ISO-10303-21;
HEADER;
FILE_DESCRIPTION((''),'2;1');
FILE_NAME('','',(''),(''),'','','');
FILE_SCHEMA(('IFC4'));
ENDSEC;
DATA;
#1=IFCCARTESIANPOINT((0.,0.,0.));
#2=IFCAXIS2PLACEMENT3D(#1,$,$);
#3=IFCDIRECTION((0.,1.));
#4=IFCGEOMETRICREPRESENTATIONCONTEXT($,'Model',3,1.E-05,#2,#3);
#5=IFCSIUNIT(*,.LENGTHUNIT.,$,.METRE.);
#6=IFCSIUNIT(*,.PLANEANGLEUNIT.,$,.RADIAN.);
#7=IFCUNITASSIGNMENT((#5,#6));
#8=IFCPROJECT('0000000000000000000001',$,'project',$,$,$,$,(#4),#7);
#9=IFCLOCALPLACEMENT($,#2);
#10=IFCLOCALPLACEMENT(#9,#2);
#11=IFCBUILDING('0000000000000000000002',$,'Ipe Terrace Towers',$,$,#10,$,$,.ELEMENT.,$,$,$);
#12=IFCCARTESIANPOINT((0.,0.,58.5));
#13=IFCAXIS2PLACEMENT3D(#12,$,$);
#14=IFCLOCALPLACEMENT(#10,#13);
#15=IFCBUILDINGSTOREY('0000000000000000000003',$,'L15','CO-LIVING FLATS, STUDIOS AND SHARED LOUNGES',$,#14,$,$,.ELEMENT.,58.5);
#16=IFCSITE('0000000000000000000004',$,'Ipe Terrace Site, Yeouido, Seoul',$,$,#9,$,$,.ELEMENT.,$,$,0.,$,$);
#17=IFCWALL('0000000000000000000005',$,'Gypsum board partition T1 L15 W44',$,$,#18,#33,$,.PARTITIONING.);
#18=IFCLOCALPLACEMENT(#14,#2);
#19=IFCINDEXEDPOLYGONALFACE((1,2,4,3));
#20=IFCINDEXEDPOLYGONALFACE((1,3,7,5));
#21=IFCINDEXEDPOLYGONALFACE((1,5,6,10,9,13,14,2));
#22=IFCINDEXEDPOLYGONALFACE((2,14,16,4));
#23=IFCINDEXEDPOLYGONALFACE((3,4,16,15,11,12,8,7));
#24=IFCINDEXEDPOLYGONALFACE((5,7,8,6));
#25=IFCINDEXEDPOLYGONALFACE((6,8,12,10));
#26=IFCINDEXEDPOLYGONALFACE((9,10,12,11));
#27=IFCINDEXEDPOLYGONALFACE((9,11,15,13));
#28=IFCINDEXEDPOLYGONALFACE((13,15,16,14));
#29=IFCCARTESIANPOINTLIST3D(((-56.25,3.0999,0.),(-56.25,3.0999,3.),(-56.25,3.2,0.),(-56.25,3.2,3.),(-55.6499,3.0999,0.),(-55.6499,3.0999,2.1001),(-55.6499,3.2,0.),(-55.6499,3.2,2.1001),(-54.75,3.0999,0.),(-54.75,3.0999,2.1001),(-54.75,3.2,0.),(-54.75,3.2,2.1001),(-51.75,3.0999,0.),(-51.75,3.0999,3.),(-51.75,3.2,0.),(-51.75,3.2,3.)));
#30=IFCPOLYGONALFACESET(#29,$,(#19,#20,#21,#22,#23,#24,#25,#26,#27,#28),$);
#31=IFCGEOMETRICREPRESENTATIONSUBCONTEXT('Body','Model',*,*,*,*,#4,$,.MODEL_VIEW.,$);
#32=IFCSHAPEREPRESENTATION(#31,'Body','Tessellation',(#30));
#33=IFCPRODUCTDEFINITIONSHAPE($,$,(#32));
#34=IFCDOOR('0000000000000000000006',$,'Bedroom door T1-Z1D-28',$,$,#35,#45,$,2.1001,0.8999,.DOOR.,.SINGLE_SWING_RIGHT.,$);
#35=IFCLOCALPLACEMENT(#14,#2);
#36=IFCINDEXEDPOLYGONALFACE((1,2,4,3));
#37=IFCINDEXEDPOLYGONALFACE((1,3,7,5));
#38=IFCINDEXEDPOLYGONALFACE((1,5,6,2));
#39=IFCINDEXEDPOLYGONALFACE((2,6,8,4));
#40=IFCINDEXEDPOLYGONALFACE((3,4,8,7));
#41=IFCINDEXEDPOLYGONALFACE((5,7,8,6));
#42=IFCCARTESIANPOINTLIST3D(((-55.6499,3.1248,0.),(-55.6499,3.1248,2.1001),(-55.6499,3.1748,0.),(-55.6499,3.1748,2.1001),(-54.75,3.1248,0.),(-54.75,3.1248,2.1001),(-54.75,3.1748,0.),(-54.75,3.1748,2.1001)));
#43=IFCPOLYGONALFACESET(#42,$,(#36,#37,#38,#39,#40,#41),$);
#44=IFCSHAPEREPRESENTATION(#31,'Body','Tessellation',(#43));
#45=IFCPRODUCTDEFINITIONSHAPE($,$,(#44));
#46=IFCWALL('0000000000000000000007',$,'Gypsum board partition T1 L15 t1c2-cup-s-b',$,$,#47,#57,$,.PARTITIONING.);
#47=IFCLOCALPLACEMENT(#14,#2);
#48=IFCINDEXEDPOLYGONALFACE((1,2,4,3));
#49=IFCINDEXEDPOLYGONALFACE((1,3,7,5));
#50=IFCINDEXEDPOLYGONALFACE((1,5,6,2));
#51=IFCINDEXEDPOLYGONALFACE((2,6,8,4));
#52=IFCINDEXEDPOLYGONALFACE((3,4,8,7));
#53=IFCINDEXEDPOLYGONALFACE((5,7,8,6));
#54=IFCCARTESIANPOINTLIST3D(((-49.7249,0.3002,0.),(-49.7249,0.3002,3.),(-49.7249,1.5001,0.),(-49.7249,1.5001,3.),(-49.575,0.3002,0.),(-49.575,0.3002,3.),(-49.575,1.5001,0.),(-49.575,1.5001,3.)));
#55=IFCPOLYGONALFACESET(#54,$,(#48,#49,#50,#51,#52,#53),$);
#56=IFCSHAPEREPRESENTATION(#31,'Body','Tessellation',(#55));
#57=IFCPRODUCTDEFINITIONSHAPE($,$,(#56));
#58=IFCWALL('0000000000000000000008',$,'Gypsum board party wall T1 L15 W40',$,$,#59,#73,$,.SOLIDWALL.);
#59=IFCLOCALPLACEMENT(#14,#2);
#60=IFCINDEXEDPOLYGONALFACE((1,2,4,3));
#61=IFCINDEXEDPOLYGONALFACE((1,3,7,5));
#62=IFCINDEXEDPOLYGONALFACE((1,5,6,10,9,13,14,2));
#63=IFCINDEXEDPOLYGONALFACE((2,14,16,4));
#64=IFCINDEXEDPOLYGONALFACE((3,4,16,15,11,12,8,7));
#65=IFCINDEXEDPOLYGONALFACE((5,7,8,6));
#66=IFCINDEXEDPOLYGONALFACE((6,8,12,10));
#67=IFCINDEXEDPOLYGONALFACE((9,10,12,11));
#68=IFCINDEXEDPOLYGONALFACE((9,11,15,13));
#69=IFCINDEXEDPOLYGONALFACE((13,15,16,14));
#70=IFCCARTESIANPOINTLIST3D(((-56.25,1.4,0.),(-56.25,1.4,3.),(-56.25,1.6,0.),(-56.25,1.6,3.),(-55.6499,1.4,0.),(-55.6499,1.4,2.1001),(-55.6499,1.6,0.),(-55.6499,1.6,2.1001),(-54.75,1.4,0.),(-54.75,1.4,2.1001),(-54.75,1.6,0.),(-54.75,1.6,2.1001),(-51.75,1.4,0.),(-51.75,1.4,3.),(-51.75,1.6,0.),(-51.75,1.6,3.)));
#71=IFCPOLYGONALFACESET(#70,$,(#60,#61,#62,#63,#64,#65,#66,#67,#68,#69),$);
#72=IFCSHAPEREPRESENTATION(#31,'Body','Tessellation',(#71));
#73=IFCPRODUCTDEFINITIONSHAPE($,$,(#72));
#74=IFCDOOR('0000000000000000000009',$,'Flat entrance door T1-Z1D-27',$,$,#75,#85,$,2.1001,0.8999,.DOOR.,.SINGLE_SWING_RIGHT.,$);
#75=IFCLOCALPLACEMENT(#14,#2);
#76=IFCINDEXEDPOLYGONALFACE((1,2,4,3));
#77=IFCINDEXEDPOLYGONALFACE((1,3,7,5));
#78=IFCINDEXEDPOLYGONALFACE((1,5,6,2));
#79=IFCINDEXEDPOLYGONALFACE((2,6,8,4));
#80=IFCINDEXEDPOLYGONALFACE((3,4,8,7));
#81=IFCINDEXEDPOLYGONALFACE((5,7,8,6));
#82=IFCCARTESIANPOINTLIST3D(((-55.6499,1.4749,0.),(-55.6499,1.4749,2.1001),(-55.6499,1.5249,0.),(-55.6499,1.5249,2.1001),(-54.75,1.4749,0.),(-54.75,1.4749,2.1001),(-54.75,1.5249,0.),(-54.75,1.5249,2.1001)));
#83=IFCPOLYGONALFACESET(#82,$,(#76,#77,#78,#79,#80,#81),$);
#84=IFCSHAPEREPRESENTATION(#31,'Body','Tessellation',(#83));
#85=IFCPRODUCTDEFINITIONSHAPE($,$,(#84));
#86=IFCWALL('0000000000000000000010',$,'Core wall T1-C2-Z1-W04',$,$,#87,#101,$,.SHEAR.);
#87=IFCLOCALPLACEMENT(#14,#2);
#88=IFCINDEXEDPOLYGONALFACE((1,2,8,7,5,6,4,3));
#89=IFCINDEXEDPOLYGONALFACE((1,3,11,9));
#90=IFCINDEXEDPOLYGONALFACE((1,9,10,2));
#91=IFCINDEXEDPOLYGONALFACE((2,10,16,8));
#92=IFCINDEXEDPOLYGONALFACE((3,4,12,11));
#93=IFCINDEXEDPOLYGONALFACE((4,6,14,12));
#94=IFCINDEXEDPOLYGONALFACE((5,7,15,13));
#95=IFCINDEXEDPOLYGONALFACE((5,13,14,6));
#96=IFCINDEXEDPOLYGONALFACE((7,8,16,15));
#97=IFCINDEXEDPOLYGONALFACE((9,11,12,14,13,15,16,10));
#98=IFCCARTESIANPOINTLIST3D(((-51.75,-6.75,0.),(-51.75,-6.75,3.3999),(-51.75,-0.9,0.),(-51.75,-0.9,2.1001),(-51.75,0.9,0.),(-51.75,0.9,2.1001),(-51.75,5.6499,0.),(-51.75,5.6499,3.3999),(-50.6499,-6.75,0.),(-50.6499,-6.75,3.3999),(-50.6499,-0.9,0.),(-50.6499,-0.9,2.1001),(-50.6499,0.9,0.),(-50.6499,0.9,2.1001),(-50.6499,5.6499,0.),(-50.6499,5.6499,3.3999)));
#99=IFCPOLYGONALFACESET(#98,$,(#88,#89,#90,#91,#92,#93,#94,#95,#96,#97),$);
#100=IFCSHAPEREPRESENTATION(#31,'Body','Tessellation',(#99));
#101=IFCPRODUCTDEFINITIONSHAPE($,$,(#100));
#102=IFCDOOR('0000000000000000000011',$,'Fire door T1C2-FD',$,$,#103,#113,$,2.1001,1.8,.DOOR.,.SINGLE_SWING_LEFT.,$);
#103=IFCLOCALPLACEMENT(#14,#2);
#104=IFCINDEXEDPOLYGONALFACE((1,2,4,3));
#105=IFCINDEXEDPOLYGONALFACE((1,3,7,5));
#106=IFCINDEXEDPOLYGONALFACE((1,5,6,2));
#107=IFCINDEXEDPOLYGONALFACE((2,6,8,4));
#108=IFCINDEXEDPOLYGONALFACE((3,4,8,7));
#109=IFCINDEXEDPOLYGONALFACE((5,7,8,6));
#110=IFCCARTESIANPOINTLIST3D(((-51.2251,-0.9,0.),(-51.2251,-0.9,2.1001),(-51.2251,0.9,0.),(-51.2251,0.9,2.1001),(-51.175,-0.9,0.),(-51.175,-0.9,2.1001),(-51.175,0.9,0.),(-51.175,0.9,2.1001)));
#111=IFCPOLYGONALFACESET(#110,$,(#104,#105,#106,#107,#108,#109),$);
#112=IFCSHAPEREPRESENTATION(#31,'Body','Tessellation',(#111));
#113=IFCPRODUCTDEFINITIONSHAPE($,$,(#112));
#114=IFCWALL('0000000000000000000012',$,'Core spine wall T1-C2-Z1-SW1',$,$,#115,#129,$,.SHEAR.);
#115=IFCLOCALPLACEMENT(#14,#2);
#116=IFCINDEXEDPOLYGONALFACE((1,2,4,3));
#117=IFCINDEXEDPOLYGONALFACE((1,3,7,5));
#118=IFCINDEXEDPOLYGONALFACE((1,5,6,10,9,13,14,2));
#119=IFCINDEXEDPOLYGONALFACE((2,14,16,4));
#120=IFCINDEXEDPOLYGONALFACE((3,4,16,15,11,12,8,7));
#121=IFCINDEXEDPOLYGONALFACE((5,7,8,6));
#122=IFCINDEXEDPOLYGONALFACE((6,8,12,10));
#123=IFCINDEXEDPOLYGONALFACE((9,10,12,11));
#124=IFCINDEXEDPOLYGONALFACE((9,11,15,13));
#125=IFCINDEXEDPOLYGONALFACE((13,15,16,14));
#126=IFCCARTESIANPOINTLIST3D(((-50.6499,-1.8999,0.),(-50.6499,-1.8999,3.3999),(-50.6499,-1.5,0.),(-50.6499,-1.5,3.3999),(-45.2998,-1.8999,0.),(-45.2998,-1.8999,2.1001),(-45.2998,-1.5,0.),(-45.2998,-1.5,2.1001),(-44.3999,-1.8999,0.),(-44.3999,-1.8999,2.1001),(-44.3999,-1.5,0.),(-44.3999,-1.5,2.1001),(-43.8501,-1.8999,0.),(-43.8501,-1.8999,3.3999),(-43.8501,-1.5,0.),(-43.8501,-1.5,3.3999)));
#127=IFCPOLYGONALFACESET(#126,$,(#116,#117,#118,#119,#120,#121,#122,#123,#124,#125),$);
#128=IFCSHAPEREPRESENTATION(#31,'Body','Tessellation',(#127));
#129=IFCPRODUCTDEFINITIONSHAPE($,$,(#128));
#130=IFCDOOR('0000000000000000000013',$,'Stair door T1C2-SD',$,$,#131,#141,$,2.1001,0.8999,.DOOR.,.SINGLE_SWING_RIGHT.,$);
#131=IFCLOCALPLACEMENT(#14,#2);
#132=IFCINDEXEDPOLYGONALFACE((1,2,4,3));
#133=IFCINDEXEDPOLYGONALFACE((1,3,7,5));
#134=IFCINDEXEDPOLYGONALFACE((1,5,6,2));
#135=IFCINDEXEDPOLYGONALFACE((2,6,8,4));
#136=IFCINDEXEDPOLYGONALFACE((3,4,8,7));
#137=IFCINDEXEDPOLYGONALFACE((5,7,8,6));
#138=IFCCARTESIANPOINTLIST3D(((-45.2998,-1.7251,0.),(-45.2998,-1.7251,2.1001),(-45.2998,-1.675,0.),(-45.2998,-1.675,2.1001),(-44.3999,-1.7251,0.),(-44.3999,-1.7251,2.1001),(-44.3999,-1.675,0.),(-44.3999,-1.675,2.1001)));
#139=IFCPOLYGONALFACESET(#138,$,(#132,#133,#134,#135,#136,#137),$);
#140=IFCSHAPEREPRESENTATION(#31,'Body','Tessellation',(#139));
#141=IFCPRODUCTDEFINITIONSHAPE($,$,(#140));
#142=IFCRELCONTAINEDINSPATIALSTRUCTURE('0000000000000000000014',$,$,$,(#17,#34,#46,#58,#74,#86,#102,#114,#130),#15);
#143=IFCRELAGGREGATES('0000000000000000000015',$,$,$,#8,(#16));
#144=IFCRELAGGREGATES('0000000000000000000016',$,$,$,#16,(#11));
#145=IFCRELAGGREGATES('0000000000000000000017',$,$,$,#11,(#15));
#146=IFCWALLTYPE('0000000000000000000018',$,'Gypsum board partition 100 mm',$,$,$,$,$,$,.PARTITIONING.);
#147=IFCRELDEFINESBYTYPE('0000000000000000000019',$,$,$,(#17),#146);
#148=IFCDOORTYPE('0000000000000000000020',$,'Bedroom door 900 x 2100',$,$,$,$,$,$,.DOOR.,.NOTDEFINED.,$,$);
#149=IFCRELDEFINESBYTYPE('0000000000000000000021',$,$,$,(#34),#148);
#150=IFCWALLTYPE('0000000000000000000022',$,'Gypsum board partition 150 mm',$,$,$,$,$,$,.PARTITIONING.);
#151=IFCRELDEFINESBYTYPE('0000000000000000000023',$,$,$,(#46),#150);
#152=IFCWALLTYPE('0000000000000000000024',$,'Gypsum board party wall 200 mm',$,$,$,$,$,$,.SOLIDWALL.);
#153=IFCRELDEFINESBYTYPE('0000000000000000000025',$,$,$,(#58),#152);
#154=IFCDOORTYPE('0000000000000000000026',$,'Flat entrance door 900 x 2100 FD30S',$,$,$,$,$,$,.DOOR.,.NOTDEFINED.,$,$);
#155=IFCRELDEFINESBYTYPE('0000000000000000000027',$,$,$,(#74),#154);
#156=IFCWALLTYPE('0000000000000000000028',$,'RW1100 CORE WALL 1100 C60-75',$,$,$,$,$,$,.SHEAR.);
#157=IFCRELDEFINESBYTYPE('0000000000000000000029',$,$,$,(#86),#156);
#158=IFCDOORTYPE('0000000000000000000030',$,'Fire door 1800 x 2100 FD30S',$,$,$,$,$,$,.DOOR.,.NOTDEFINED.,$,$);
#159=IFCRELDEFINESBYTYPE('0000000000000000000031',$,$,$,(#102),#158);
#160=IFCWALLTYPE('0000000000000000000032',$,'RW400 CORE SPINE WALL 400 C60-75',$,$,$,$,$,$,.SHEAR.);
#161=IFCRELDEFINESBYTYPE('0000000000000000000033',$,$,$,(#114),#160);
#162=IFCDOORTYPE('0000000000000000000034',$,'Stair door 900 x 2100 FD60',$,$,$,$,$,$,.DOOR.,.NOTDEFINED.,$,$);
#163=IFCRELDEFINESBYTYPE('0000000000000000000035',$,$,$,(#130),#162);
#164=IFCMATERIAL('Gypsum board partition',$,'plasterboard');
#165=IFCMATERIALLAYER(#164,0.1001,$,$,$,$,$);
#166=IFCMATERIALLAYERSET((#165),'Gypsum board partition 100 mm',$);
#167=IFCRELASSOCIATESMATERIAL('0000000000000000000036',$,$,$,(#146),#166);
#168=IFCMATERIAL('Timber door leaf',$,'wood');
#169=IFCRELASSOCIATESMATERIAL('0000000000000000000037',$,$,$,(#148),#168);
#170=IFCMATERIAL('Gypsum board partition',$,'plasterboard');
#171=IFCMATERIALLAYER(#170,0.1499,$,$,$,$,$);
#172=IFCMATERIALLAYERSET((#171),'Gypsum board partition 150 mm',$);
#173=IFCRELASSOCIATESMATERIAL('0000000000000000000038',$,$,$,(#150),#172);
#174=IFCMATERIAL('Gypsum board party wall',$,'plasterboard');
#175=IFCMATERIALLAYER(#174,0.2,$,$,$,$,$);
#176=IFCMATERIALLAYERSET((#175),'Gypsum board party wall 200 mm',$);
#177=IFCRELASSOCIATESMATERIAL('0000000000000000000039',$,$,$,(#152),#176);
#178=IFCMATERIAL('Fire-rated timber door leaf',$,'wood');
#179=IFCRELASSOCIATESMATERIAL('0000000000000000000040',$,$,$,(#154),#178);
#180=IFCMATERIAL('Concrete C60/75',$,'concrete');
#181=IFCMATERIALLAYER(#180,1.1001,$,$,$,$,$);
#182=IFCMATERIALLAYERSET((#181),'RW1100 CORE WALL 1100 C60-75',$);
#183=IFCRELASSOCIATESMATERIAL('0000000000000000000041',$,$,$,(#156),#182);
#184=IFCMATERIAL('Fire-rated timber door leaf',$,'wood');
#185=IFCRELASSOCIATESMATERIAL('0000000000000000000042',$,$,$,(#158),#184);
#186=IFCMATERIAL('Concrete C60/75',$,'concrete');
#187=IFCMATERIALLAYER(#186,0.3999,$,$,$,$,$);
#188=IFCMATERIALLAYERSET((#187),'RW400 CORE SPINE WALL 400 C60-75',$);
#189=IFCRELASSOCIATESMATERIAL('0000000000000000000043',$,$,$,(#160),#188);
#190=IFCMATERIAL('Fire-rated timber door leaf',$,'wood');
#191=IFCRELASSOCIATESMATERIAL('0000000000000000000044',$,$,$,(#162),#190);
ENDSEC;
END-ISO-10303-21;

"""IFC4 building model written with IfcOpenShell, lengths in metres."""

from ifc_helpers import new_model, si_unit, direction, frame, frame_2d, origin, place, context, subcontext, project, spatial, rectangle, extrude, material, layer, layer_set, type_object, element, fill, save


model = new_model("IFC4")

# Units and contexts
model_context = context("Model", 3, precision=1e-05, world=origin(), true_north=direction((0.0, 1.0)))
body_context = subcontext(model_context, "Body", "Model", "MODEL_VIEW")
ifc_project = project(units=[si_unit("LENGTHUNIT", "METRE"), si_unit("PLANEANGLEUNIT", "RADIAN")], contexts=[model_context])

# Site, building, storey
site_placement = place(None, origin())
site = spatial("IfcSite", under=ifc_project, at=site_placement, Name="Ipe Terrace Site, Yeouido, Seoul", CompositionType="ELEMENT", RefElevation=0.0)
building_placement = place(site_placement, origin())
building = spatial("IfcBuilding", under=site, at=building_placement, Name="Ipe Terrace Towers", CompositionType="ELEMENT")
storey_placement = place(building_placement, frame((0.0, 0.0, 58.5)))
storey = spatial("IfcBuildingStorey", under=building, at=storey_placement, Name="L15", Description="CO-LIVING FLATS, STUDIOS AND SHARED LOUNGES", CompositionType="ELEMENT", Elevation=58.5)

# Wall, opening, door
ifc_material_1 = material(Name="Gypsum board partition", Category="plasterboard")
ifc_layer_1 = layer(ifc_material_1, 0.1001)
ifc_layer_set_1 = layer_set([ifc_layer_1], Name="Gypsum board partition 100 mm")
wall_type_1 = type_object("IfcWallType", Name="Gypsum board partition 100 mm", PredefinedType="PARTITIONING", material=ifc_layer_set_1)
wall_1_placement = place(storey_placement, frame((-56.25, 3.1499, 0.0), z_axis=(0.0, 0.0, 1.0), x_axis=(1.0, 0.0, 0.0)))
wall_1 = element("IfcWall", 1, at=wall_1_placement, inside=storey, type_object=wall_type_1, Name="Gypsum board partition T1 L15 W44", PredefinedType="PARTITIONING", context=body_context, shape_type="SweptSolid", body=[
    extrude(rectangle(XDim=4.5, YDim=0.1001, at=frame_2d((2.25, 0.0))), origin(), (0.0, 0.0, 1.0), 3.0),
])
opening_1_placement = place(wall_1_placement, frame((0.6001, 0.0, 0.0)))
opening_1 = element("IfcOpeningElement", 2, at=opening_1_placement, cuts=wall_1, PredefinedType="OPENING", context=body_context, shape_type="SweptSolid", body=[
    extrude(rectangle(XDim=0.8999, YDim=2.1001, at=frame_2d((0.45, 1.05))), frame((0.0, 0.0601, 0.0), z_axis=(0.0, -1.0, 0.0), x_axis=(1.0, 0.0, 0.0)), (0.0, 0.0, 1.0), 0.1201),
])
ifc_material_2 = material(Name="Timber door leaf", Category="wood")
door_type_1 = type_object("IfcDoorType", Name="Bedroom door 900 x 2100", OperationType="NOTDEFINED", PredefinedType="DOOR", material=ifc_material_2)
door_1_placement = place(opening_1_placement, origin())
door_1 = element("IfcDoor", 3, at=door_1_placement, inside=storey, type_object=door_type_1, Name="Bedroom door T1-Z1D-28", OperationType="SINGLE_SWING_RIGHT", OverallHeight=2.1001, OverallWidth=0.8999, PredefinedType="DOOR", context=body_context, shape_type="SweptSolid", body=[
    extrude(rectangle(XDim=0.8999, YDim=2.1001, at=frame_2d((0.45, 1.05))), frame((0.0, 0.0249, 0.0), z_axis=(0.0, -1.0, 0.0), x_axis=(1.0, 0.0, 0.0)), (0.0, 0.0, 1.0), 0.05),
])
fill(opening_1, door_1)

# Wall
ifc_material_3 = material(Name="Gypsum board partition", Category="plasterboard")
ifc_layer_2 = layer(ifc_material_3, 0.1499)
ifc_layer_set_2 = layer_set([ifc_layer_2], Name="Gypsum board partition 150 mm")
wall_type_2 = type_object("IfcWallType", Name="Gypsum board partition 150 mm", PredefinedType="PARTITIONING", material=ifc_layer_set_2)
wall_2_placement = place(storey_placement, frame((-49.6499, 0.3, 0.0), z_axis=(0.0, 0.0, 1.0), x_axis=(0.0, 1.0, 0.0)))
element("IfcWall", 4, at=wall_2_placement, inside=storey, type_object=wall_type_2, Name="Gypsum board partition T1 L15 t1c2-cup-s-b", PredefinedType="PARTITIONING", context=body_context, shape_type="SweptSolid", body=[
    extrude(rectangle(XDim=1.2, YDim=0.1499, at=frame_2d((0.6001, 0.0))), origin(), (0.0, 0.0, 1.0), 3.0),
])

# Walls, openings, doors
ifc_material_4 = material(Name="Gypsum board party wall", Category="plasterboard")
ifc_layer_3 = layer(ifc_material_4, 0.2)
ifc_layer_set_3 = layer_set([ifc_layer_3], Name="Gypsum board party wall 200 mm")
wall_type_3 = type_object("IfcWallType", Name="Gypsum board party wall 200 mm", PredefinedType="SOLIDWALL", material=ifc_layer_set_3)
wall_3_placement = place(storey_placement, frame((-56.25, 1.5, 0.0), z_axis=(0.0, 0.0, 1.0), x_axis=(1.0, 0.0, 0.0)))
wall_3 = element("IfcWall", 5, at=wall_3_placement, inside=storey, type_object=wall_type_3, Name="Gypsum board party wall T1 L15 W40", PredefinedType="SOLIDWALL", context=body_context, shape_type="SweptSolid", body=[
    extrude(rectangle(XDim=4.5, YDim=0.2, at=frame_2d((2.25, 0.0))), origin(), (0.0, 0.0, 1.0), 3.0),
])
opening_2_placement = place(wall_3_placement, frame((0.6001, 0.0, 0.0)))
opening_2 = element("IfcOpeningElement", 6, at=opening_2_placement, cuts=wall_3, PredefinedType="OPENING", context=body_context, shape_type="SweptSolid", body=[
    extrude(rectangle(XDim=0.8999, YDim=2.1001, at=frame_2d((0.45, 1.05))), frame((0.0, 0.1099, 0.0), z_axis=(0.0, -1.0, 0.0), x_axis=(1.0, 0.0, 0.0)), (0.0, 0.0, 1.0), 0.22),
])
ifc_material_5 = material(Name="Fire-rated timber door leaf", Category="wood")
door_type_2 = type_object("IfcDoorType", Name="Flat entrance door 900 x 2100 FD30S", OperationType="NOTDEFINED", PredefinedType="DOOR", material=ifc_material_5)
door_2_placement = place(opening_2_placement, origin())
door_2 = element("IfcDoor", 7, at=door_2_placement, inside=storey, type_object=door_type_2, Name="Flat entrance door T1-Z1D-27", OperationType="SINGLE_SWING_RIGHT", OverallHeight=2.1001, OverallWidth=0.8999, PredefinedType="DOOR", context=body_context, shape_type="SweptSolid", body=[
    extrude(rectangle(XDim=0.8999, YDim=2.1001, at=frame_2d((0.45, 1.05))), frame((0.0, 0.0249, 0.0), z_axis=(0.0, -1.0, 0.0), x_axis=(1.0, 0.0, 0.0)), (0.0, 0.0, 1.0), 0.05),
])
fill(opening_2, door_2)
ifc_material_6 = material(Name="Concrete C60/75", Category="concrete")
ifc_layer_4 = layer(ifc_material_6, 1.1001)
ifc_layer_set_4 = layer_set([ifc_layer_4], Name="RW1100 CORE WALL 1100 C60-75")
wall_type_4 = type_object("IfcWallType", Name="RW1100 CORE WALL 1100 C60-75", PredefinedType="SHEAR", material=ifc_layer_set_4)
wall_4_placement = place(storey_placement, frame((-51.2, 5.6499, 0.0), z_axis=(0.0, 0.0, 1.0), x_axis=(0.0, -1.0, 0.0)))
wall_4 = element("IfcWall", 8, at=wall_4_placement, inside=storey, type_object=wall_type_4, Name="Core wall T1-C2-Z1-W04", PredefinedType="SHEAR", context=body_context, shape_type="SweptSolid", body=[
    extrude(rectangle(XDim=12.3999, YDim=1.1001, at=frame_2d((6.2, 0.0))), origin(), (0.0, 0.0, 1.0), 3.3999),
])
opening_3_placement = place(wall_4_placement, frame((4.75, 0.0, 0.0)))
opening_3 = element("IfcOpeningElement", 9, at=opening_3_placement, cuts=wall_4, PredefinedType="OPENING", context=body_context, shape_type="SweptSolid", body=[
    extrude(rectangle(XDim=1.8, YDim=2.1001, at=frame_2d((0.8999, 1.05))), frame((0.0, 0.5601, 0.0), z_axis=(0.0, -1.0, 0.0), x_axis=(1.0, 0.0, 0.0)), (0.0, 0.0, 1.0), 1.1201),
])
ifc_material_7 = material(Name="Fire-rated timber door leaf", Category="wood")
door_type_3 = type_object("IfcDoorType", Name="Fire door 1800 x 2100 FD30S", OperationType="NOTDEFINED", PredefinedType="DOOR", material=ifc_material_7)
door_3_placement = place(opening_3_placement, origin())
door_3 = element("IfcDoor", 10, at=door_3_placement, inside=storey, type_object=door_type_3, Name="Fire door T1C2-FD", OperationType="SINGLE_SWING_LEFT", OverallHeight=2.1001, OverallWidth=1.8, PredefinedType="DOOR", context=body_context, shape_type="SweptSolid", body=[
    extrude(rectangle(XDim=1.8, YDim=2.1001, at=frame_2d((0.8999, 1.05))), frame((0.0, 0.0249, 0.0), z_axis=(0.0, -1.0, 0.0), x_axis=(1.0, 0.0, 0.0)), (0.0, 0.0, 1.0), 0.05),
])
fill(opening_3, door_3)
ifc_material_8 = material(Name="Concrete C60/75", Category="concrete")
ifc_layer_5 = layer(ifc_material_8, 0.3999)
ifc_layer_set_5 = layer_set([ifc_layer_5], Name="RW400 CORE SPINE WALL 400 C60-75")
wall_type_5 = type_object("IfcWallType", Name="RW400 CORE SPINE WALL 400 C60-75", PredefinedType="SHEAR", material=ifc_layer_set_5)
wall_5_placement = place(storey_placement, frame((-50.6499, -1.7, 0.0), z_axis=(0.0, 0.0, 1.0), x_axis=(1.0, 0.0, 0.0)))
wall_5 = element("IfcWall", 11, at=wall_5_placement, inside=storey, type_object=wall_type_5, Name="Core spine wall T1-C2-Z1-SW1", PredefinedType="SHEAR", context=body_context, shape_type="SweptSolid", body=[
    extrude(rectangle(XDim=6.7998, YDim=0.3999, at=frame_2d((3.3999, 0.0))), origin(), (0.0, 0.0, 1.0), 3.3999),
])
opening_4_placement = place(wall_5_placement, frame((5.3501, 0.0, 0.0)))
opening_4 = element("IfcOpeningElement", 12, at=opening_4_placement, cuts=wall_5, PredefinedType="OPENING", context=body_context, shape_type="SweptSolid", body=[
    extrude(rectangle(XDim=0.8999, YDim=2.1001, at=frame_2d((0.45, 1.05))), frame((0.0, 0.21, 0.0), z_axis=(0.0, -1.0, 0.0), x_axis=(1.0, 0.0, 0.0)), (0.0, 0.0, 1.0), 0.4199),
])
ifc_material_9 = material(Name="Fire-rated timber door leaf", Category="wood")
door_type_4 = type_object("IfcDoorType", Name="Stair door 900 x 2100 FD60", OperationType="NOTDEFINED", PredefinedType="DOOR", material=ifc_material_9)
door_4_placement = place(opening_4_placement, origin())
door_4 = element("IfcDoor", 13, at=door_4_placement, inside=storey, type_object=door_type_4, Name="Stair door T1C2-SD", OperationType="SINGLE_SWING_RIGHT", OverallHeight=2.1001, OverallWidth=0.8999, PredefinedType="DOOR", context=body_context, shape_type="SweptSolid", body=[
    extrude(rectangle(XDim=0.8999, YDim=2.1001, at=frame_2d((0.45, 1.05))), frame((0.0, 0.0249, 0.0), z_axis=(0.0, -1.0, 0.0), x_axis=(1.0, 0.0, 0.0)), (0.0, 0.0, 1.0), 0.05),
])
fill(opening_4, door_4)

save(model, "model.ifc")
